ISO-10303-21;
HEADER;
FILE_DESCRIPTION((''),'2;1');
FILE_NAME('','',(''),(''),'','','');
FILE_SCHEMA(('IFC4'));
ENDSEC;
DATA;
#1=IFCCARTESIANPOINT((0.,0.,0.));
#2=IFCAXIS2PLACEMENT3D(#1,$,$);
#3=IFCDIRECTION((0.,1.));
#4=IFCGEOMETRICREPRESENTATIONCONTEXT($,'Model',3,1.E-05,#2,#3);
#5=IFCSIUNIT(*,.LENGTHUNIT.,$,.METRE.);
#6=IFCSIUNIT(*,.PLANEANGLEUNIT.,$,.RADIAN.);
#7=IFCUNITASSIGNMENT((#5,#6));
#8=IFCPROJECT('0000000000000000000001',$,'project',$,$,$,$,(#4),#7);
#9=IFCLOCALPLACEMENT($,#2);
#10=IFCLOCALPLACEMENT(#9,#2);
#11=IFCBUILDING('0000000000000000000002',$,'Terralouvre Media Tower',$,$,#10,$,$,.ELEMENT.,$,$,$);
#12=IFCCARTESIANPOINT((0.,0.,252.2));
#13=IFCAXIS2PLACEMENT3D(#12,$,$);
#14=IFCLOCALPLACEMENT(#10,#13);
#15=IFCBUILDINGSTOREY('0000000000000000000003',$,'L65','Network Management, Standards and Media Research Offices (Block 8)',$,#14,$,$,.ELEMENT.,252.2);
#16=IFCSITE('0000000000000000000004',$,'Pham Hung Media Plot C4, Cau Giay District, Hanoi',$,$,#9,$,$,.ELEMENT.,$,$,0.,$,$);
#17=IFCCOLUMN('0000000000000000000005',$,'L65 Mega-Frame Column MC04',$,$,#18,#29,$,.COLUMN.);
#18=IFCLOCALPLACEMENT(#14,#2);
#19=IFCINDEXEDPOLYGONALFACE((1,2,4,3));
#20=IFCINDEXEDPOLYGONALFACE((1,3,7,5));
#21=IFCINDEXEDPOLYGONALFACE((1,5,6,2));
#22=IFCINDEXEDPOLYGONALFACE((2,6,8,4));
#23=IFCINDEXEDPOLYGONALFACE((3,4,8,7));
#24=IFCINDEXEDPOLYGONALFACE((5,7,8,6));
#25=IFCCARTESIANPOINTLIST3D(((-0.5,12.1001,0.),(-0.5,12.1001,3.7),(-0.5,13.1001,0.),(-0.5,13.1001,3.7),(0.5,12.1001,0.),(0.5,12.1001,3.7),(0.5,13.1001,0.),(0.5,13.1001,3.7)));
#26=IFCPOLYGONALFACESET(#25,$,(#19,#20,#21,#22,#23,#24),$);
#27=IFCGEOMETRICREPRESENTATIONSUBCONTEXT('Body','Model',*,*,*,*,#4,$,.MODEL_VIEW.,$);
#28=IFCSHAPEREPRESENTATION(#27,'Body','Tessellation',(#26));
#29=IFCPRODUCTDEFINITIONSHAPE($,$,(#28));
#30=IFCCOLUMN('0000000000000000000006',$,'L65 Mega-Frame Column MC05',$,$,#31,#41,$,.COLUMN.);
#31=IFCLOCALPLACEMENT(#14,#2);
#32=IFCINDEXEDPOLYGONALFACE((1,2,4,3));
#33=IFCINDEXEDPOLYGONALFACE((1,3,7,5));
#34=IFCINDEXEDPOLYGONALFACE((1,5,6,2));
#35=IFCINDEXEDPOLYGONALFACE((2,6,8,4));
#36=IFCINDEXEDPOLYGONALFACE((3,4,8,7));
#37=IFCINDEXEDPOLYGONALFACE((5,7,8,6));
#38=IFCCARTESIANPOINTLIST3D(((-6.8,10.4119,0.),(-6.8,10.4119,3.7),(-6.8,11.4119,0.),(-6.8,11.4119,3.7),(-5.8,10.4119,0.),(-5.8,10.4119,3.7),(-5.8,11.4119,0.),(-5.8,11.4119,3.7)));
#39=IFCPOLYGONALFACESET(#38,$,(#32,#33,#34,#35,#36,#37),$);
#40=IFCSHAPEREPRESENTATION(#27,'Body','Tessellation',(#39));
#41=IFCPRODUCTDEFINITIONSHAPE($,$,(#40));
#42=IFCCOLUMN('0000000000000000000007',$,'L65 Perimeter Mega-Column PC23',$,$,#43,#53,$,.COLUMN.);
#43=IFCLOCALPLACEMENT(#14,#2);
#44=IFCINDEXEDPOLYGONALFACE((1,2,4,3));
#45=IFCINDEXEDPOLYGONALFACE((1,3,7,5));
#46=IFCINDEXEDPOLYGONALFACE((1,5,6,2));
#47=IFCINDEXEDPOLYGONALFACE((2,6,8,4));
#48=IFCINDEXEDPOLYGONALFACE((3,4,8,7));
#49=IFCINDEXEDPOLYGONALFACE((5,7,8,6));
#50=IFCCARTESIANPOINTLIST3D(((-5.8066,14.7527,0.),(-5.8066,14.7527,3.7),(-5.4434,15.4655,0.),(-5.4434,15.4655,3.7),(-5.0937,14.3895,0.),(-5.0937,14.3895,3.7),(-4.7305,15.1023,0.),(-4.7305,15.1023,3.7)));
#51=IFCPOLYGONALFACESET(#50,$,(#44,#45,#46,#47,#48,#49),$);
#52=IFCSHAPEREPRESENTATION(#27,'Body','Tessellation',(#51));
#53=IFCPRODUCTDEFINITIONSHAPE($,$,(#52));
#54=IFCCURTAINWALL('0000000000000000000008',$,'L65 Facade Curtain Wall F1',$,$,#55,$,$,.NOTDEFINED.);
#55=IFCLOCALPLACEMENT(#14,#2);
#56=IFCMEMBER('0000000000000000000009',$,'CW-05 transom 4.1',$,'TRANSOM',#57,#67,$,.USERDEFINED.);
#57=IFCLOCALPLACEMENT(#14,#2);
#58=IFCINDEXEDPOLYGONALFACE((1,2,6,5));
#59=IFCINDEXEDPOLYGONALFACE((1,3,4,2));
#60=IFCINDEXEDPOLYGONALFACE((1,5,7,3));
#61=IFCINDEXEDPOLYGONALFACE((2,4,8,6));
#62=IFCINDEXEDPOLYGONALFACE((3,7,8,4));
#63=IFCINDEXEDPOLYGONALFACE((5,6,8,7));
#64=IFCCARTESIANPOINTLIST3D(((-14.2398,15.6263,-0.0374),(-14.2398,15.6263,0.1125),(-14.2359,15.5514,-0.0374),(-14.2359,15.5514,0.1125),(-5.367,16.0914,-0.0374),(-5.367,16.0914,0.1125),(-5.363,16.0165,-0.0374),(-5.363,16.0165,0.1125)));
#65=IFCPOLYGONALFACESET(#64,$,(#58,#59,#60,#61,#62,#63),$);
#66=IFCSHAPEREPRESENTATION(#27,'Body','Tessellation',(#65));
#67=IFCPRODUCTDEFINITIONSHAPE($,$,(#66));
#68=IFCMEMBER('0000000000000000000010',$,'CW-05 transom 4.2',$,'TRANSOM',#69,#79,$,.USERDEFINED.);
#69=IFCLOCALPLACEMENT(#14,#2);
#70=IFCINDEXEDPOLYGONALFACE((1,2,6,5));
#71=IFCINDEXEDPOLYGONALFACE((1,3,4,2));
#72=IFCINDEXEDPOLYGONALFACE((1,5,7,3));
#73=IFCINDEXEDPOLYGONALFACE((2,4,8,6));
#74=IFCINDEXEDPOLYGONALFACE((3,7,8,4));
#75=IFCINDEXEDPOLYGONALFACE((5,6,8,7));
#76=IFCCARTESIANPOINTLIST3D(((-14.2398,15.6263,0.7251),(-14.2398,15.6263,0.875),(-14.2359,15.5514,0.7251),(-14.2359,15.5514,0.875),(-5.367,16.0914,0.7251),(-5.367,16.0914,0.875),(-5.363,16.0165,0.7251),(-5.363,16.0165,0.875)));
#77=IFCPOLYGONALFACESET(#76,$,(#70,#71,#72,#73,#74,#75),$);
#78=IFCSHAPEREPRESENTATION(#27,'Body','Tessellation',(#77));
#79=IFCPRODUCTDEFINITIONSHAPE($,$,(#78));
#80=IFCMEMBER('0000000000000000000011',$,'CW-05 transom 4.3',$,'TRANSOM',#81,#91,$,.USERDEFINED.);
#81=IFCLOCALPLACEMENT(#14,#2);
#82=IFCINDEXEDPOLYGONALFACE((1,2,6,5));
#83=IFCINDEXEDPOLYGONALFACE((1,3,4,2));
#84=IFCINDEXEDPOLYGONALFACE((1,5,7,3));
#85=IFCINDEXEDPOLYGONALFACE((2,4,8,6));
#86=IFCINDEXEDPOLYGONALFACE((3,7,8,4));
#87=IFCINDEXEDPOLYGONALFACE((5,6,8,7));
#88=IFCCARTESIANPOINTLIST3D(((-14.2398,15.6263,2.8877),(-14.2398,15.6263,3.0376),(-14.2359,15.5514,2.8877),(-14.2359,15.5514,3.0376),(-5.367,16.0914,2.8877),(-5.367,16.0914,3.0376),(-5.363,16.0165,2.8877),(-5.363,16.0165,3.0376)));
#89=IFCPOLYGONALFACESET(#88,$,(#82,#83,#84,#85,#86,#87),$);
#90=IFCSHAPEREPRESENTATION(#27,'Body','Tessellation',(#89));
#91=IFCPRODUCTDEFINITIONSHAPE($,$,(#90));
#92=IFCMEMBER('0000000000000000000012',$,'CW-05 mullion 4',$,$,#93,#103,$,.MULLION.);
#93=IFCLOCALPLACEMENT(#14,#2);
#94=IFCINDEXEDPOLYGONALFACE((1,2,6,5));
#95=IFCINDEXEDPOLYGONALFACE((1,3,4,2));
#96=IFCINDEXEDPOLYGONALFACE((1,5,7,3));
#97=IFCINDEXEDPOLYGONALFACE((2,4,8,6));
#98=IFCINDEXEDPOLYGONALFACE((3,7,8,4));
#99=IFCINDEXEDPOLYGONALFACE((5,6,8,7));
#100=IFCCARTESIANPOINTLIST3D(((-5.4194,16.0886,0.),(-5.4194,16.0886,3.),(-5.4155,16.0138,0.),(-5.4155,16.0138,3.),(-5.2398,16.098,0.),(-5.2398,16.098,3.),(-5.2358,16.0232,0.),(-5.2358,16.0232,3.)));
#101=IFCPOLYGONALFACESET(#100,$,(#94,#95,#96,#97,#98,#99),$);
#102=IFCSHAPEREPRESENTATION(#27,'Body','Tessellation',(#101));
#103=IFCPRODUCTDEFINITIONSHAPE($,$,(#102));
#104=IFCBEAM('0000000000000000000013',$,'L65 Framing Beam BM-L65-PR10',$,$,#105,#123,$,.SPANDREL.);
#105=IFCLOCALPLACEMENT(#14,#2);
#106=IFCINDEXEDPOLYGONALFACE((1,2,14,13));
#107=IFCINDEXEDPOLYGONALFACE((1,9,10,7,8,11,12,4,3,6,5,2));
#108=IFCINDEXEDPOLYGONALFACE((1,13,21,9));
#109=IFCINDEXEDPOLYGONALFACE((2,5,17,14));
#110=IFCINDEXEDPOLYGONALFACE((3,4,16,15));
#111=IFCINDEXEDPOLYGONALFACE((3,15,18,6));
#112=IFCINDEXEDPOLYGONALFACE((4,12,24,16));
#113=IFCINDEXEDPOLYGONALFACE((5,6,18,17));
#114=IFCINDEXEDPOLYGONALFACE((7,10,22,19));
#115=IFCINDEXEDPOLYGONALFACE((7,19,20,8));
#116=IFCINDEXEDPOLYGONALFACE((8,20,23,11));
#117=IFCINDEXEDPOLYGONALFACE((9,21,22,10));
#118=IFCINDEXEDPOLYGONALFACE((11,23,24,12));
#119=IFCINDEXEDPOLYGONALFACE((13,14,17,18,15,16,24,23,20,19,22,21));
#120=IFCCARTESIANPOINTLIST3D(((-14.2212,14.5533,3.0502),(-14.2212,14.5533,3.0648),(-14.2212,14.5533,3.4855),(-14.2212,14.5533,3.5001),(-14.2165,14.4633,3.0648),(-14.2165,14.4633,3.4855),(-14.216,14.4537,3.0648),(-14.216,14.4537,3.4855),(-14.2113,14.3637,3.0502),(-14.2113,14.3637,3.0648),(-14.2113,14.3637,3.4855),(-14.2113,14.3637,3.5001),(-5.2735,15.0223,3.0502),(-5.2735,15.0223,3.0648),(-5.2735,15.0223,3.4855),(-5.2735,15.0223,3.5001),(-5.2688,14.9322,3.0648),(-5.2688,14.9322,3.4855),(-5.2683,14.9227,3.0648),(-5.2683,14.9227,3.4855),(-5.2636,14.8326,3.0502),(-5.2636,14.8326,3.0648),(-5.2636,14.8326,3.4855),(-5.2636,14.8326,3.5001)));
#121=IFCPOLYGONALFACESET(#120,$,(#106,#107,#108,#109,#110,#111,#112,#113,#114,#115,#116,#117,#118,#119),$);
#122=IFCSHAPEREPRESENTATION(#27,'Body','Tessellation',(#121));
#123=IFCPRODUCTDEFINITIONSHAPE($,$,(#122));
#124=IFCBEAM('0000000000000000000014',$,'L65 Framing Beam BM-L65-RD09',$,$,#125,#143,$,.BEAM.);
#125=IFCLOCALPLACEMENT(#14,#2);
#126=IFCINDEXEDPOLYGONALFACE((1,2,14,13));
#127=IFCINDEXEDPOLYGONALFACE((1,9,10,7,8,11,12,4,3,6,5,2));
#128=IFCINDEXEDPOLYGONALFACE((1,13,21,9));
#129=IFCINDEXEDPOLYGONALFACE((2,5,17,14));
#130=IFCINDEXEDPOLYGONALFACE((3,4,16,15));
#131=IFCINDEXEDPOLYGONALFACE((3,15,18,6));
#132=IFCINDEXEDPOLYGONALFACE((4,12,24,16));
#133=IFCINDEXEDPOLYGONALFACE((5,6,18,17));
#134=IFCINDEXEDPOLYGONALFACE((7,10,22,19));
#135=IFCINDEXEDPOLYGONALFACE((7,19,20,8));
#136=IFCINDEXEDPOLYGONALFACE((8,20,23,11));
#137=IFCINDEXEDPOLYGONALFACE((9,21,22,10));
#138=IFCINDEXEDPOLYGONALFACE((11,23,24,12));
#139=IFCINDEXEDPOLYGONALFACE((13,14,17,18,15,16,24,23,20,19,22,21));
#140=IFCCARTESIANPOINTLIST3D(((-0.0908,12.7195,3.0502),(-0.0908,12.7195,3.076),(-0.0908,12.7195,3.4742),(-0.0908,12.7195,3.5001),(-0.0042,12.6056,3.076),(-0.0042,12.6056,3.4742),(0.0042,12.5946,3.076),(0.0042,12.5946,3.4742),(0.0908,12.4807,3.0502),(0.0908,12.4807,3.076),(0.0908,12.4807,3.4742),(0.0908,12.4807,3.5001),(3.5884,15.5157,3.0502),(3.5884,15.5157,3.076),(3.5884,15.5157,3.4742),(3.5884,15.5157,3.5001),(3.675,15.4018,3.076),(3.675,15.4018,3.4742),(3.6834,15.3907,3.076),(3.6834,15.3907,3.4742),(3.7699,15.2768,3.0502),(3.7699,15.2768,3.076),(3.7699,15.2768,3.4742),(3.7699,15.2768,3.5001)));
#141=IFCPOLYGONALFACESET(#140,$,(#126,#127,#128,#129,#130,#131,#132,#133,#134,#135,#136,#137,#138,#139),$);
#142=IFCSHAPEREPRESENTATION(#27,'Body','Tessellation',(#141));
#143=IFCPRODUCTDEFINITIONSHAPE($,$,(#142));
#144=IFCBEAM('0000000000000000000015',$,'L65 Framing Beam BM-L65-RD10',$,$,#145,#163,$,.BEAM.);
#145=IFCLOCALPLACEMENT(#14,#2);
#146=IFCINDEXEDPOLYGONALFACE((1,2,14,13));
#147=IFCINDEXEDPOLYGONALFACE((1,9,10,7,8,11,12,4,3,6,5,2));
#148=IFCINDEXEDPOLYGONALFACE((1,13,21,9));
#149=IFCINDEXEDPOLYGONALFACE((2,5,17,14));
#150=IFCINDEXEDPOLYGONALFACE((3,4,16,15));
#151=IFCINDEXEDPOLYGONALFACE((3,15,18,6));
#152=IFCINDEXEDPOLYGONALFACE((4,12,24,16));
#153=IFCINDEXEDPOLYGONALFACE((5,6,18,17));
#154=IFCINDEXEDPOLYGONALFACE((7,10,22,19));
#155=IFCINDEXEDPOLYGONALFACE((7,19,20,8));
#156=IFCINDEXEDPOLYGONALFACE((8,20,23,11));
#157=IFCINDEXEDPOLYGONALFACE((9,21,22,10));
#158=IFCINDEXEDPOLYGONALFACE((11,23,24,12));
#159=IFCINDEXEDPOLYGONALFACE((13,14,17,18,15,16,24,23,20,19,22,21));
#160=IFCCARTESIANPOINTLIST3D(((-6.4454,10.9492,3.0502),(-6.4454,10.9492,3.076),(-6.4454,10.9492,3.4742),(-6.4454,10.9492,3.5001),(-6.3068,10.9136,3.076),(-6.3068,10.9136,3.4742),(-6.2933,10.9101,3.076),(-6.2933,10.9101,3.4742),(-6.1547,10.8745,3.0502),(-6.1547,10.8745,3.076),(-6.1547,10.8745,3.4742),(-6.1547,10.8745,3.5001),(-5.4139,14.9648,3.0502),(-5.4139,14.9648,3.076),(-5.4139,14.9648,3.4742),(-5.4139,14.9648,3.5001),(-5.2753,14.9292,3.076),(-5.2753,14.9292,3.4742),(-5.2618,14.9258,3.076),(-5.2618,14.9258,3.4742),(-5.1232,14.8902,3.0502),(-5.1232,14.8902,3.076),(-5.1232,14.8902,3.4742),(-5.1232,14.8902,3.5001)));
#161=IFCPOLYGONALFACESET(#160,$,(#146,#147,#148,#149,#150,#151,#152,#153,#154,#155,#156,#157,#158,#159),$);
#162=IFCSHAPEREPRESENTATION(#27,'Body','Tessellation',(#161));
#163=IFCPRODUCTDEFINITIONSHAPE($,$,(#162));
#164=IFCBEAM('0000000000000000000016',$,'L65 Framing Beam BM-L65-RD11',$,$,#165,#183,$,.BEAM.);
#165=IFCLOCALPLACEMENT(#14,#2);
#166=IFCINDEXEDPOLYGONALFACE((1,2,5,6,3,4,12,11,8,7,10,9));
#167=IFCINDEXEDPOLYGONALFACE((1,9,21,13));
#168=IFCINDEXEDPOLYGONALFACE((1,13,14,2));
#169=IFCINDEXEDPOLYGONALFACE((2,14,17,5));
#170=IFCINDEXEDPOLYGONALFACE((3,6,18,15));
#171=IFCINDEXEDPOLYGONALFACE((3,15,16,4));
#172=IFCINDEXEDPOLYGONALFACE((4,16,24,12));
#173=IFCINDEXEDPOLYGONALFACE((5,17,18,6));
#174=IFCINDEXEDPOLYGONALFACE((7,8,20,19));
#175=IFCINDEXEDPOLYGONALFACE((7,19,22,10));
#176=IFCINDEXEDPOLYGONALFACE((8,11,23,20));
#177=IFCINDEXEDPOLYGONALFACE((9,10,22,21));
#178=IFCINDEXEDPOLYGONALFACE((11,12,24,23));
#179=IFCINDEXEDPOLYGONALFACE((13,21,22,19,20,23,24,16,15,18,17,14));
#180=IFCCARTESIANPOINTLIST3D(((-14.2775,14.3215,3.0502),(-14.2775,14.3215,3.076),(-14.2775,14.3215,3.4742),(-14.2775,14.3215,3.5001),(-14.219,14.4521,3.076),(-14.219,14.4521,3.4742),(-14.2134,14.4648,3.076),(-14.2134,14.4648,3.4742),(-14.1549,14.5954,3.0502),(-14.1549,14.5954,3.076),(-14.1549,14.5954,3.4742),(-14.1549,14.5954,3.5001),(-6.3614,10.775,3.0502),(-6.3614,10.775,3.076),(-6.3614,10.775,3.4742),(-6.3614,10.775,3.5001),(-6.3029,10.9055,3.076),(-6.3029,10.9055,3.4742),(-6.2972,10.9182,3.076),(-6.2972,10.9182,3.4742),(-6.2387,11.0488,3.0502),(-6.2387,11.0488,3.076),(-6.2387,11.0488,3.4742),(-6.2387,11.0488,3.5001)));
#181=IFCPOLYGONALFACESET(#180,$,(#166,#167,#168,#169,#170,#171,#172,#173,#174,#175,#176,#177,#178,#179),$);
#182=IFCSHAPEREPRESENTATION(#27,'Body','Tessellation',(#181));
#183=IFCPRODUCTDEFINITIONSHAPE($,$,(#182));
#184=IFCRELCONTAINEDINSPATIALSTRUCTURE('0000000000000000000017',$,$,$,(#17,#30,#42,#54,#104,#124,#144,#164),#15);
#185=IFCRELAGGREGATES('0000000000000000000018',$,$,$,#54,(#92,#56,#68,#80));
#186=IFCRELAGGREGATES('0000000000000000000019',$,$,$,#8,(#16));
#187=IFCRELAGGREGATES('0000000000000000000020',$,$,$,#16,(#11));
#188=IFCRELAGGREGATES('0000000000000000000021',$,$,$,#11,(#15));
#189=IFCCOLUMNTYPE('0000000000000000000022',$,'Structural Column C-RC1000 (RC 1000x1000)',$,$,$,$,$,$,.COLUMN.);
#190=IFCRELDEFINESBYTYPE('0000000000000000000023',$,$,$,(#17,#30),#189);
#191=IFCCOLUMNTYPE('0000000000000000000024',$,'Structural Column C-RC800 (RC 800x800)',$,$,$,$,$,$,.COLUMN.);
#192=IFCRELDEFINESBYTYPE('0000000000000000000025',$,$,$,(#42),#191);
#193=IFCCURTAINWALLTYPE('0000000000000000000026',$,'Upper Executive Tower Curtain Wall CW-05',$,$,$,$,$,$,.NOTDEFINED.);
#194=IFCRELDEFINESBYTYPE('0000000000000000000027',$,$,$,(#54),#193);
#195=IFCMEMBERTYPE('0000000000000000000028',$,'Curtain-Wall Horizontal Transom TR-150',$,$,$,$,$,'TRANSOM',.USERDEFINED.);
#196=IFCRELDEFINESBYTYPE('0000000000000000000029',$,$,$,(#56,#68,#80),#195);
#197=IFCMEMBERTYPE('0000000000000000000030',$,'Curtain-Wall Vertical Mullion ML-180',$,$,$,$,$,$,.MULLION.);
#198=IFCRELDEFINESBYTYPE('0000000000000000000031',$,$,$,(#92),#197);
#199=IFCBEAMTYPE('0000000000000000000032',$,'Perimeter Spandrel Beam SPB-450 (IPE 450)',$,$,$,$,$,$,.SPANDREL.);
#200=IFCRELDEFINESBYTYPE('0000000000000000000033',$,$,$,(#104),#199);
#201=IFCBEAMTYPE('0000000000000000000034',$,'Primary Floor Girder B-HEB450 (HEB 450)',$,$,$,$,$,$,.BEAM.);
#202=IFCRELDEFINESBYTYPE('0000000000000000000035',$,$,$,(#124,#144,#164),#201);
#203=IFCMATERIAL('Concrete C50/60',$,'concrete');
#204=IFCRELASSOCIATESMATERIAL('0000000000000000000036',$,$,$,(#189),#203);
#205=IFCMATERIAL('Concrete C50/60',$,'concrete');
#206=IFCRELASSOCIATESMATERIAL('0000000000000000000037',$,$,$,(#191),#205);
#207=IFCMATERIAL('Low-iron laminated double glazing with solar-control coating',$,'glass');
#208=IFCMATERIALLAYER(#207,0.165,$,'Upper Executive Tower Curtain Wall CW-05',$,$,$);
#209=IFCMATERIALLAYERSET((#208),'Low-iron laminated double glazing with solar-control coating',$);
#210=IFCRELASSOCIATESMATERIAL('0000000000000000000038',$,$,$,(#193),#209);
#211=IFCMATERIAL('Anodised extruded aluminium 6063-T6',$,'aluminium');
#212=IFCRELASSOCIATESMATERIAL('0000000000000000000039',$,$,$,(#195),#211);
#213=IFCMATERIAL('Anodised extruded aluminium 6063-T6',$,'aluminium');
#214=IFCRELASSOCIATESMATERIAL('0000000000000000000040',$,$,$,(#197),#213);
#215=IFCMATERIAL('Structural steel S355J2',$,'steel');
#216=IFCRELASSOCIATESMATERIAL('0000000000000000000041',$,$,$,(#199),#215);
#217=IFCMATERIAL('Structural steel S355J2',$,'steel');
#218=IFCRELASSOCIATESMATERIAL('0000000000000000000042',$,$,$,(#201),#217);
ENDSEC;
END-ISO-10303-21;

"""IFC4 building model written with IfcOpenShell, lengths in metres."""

from ifc_helpers import new_model, si_unit, direction, frame, origin, origin_2d, place, context, subcontext, project, spatial, rectangle, i_section, extrude, material, layer, layer_set, material_profile, profile_set, type_object, element, aggregate, save


model = new_model("IFC4")

# Units and contexts
model_context = context("Model", 3, precision=1e-05, world=origin(), true_north=direction((0.0, 1.0)))
body_context = subcontext(model_context, "Body", "Model", "MODEL_VIEW")
ifc_project = project(units=[si_unit("LENGTHUNIT", "METRE"), si_unit("PLANEANGLEUNIT", "RADIAN")], contexts=[model_context])

# Site, building, storey
site_placement = place(None, origin())
site = spatial("IfcSite", under=ifc_project, at=site_placement, Name="Pham Hung Media Plot C4, Cau Giay District, Hanoi", CompositionType="ELEMENT", RefElevation=0.0)
building_placement = place(site_placement, origin())
building = spatial("IfcBuilding", under=site, at=building_placement, Name="Terralouvre Media Tower", CompositionType="ELEMENT")
storey_placement = place(building_placement, frame((0.0, 0.0, 252.2)))
storey = spatial("IfcBuildingStorey", under=building, at=storey_placement, Name="L65", Description="Network Management, Standards and Media Research Offices (Block 8)", CompositionType="ELEMENT", Elevation=252.2)

# Columns
ifc_material_1 = material(Name="Concrete C50/60", Category="concrete")
ifc_material_profile_1 = material_profile(ifc_material_1, rectangle(XDim=1.0, YDim=1.0, at=origin_2d()), Name="RC 1000x1000")
ifc_profile_set_1 = profile_set([ifc_material_profile_1], Name="Concrete C50/60")
column_type_1 = type_object("IfcColumnType", Name="Structural Column C-RC1000 (RC 1000x1000)", PredefinedType="COLUMN", material=ifc_profile_set_1)
for number, where, z_axis, x_axis, name in (
    (1, (0.0, 12.6001, 0.0), (0.0, 0.0, 1.0), (1.0, 0.0, 0.0), "L65 Mega-Frame Column MC04"),
    (2, (-6.3, 10.9119, 0.0), (0.0, 0.0, 1.0), (1.0, 0.0, 0.0), "L65 Mega-Frame Column MC05"),
):
    element("IfcColumn", number, at=place(storey_placement, frame(where, z_axis=z_axis, x_axis=x_axis)), inside=storey, type_object=column_type_1, Name=name, PredefinedType="COLUMN", context=body_context, shape_type="SweptSolid", body=[
        extrude(rectangle(XDim=1.0, YDim=1.0, at=origin_2d()), origin(), (0.0, 0.0, 1.0), 3.7),
    ])
ifc_material_2 = material(Name="Concrete C50/60", Category="concrete")
ifc_material_profile_2 = material_profile(ifc_material_2, rectangle(XDim=0.8, YDim=0.8, at=origin_2d()), Name="RC 800x800")
ifc_profile_set_2 = profile_set([ifc_material_profile_2], Name="Concrete C50/60")
column_type_2 = type_object("IfcColumnType", Name="Structural Column C-RC800 (RC 800x800)", PredefinedType="COLUMN", material=ifc_profile_set_2)
column_placement = place(storey_placement, frame((-5.2686, 14.9275, 0.0), z_axis=(0.0, 0.0, 1.0), x_axis=(0.45399, 0.891007, 0.0)))
element("IfcColumn", 3, at=column_placement, inside=storey, type_object=column_type_2, Name="L65 Perimeter Mega-Column PC23", PredefinedType="COLUMN", context=body_context, shape_type="SweptSolid", body=[
    extrude(rectangle(XDim=0.8, YDim=0.8, at=origin_2d()), origin(), (0.0, 0.0, 1.0), 3.7),
])

# Curtain wall, members
ifc_material_3 = material(Name="Low-iron laminated double glazing with solar-control coating", Category="glass")
ifc_layer_1 = layer(ifc_material_3, 0.165, Name="Upper Executive Tower Curtain Wall CW-05")
ifc_layer_set_1 = layer_set([ifc_layer_1], Name="Low-iron laminated double glazing with solar-control coating")
curtain_wall_type = type_object("IfcCurtainWallType", Name="Upper Executive Tower Curtain Wall CW-05", PredefinedType="NOTDEFINED", material=ifc_layer_set_1)
curtain_wall_placement = place(storey_placement, origin())
curtain_wall = element("IfcCurtainWall", 4, at=curtain_wall_placement, inside=storey, type_object=curtain_wall_type, Name="L65 Facade Curtain Wall F1", PredefinedType="NOTDEFINED")
ifc_material_4 = material(Name="Anodised extruded aluminium 6063-T6", Category="aluminium")
ifc_material_profile_3 = material_profile(ifc_material_4, rectangle(XDim=0.075, YDim=0.1499, at=origin_2d()), Name="ALU 75x150")
ifc_profile_set_3 = profile_set([ifc_material_profile_3], Name="Anodised extruded aluminium 6063-T6")
member_type_1 = type_object("IfcMemberType", Name="Curtain-Wall Horizontal Transom TR-150", ElementType="TRANSOM", PredefinedType="USERDEFINED", material=ifc_profile_set_3)
member_1_placement = place(storey_placement, frame((-5.365, 16.054, 0.0376), z_axis=(-0.998629, -0.052345, 0.0), x_axis=(0.052345, -0.998629, 0.0)))
member_1 = element("IfcMember", 5, at=member_1_placement, type_object=member_type_1, Name="CW-05 transom 4.1", ObjectType="TRANSOM", PredefinedType="USERDEFINED", context=body_context, shape_type="SweptSolid", body=[
    extrude(rectangle(XDim=0.075, YDim=0.1499, at=origin_2d()), origin(), (0.0, 0.0, 1.0), 8.885),
])
member_2_placement = place(storey_placement, frame((-5.365, 16.054, 0.8), z_axis=(-0.998629, -0.052345, 0.0), x_axis=(0.052345, -0.998629, 0.0)))
member_2 = element("IfcMember", 6, at=member_2_placement, type_object=member_type_1, Name="CW-05 transom 4.2", ObjectType="TRANSOM", PredefinedType="USERDEFINED", context=body_context, shape_type="SweptSolid", body=[
    extrude(rectangle(XDim=0.075, YDim=0.1499, at=origin_2d()), origin(), (0.0, 0.0, 1.0), 8.885),
])
member_3_placement = place(storey_placement, frame((-5.365, 16.054, 2.9626), z_axis=(-0.998629, -0.052345, 0.0), x_axis=(0.052345, -0.998629, 0.0)))
member_3 = element("IfcMember", 7, at=member_3_placement, type_object=member_type_1, Name="CW-05 transom 4.3", ObjectType="TRANSOM", PredefinedType="USERDEFINED", context=body_context, shape_type="SweptSolid", body=[
    extrude(rectangle(XDim=0.075, YDim=0.1499, at=origin_2d()), origin(), (0.0, 0.0, 1.0), 8.885),
])
ifc_material_5 = material(Name="Anodised extruded aluminium 6063-T6", Category="aluminium")
ifc_material_profile_4 = material_profile(ifc_material_5, rectangle(XDim=0.075, YDim=0.1799, at=origin_2d()), Name="ALU 75x180")
ifc_profile_set_4 = profile_set([ifc_material_profile_4], Name="Anodised extruded aluminium 6063-T6")
member_type_2 = type_object("IfcMemberType", Name="Curtain-Wall Vertical Mullion ML-180", PredefinedType="MULLION", material=ifc_profile_set_4)
member_4_placement = place(storey_placement, frame((-5.3276, 16.0559, 0.0), z_axis=(0.0, 0.0, 1.0), x_axis=(0.052336, -0.99863, 0.0)))
member_4 = element("IfcMember", 8, at=member_4_placement, type_object=member_type_2, Name="CW-05 mullion 4", PredefinedType="MULLION", context=body_context, shape_type="SweptSolid", body=[
    extrude(rectangle(XDim=0.075, YDim=0.1799, at=origin_2d()), origin(), (0.0, 0.0, 1.0), 3.0),
])

# Beams
ifc_material_6 = material(Name="Structural steel S355J2", Category="steel")
ifc_material_profile_5 = material_profile(ifc_material_6, i_section(OverallWidth=0.1899, OverallDepth=0.45, WebThickness=0.0095, FlangeThickness=0.0146, at=origin_2d()), Name="IPE 450")
ifc_profile_set_5 = profile_set([ifc_material_profile_5], Name="Structural steel S355J2")
beam_type_1 = type_object("IfcBeamType", Name="Perimeter Spandrel Beam SPB-450 (IPE 450)", PredefinedType="SPANDREL", material=ifc_profile_set_5)
beam_1_placement = place(storey_placement, frame((-5.2686, 14.9275, 3.2751), z_axis=(-0.998629, -0.052343, 0.0), x_axis=(0.052343, -0.998629, 0.0)))
element("IfcBeam", 9, at=beam_1_placement, inside=storey, type_object=beam_type_1, Name="L65 Framing Beam BM-L65-PR10", PredefinedType="SPANDREL", context=body_context, shape_type="SweptSolid", body=[
    extrude(i_section(OverallWidth=0.1899, OverallDepth=0.45, WebThickness=0.0095, FlangeThickness=0.0146, at=origin_2d()), origin(), (0.0, 0.0, 1.0), 8.96),
])
ifc_material_7 = material(Name="Structural steel S355J2", Category="steel")
ifc_material_profile_6 = material_profile(ifc_material_7, i_section(OverallWidth=0.3, OverallDepth=0.45, WebThickness=0.0139, FlangeThickness=0.0259, at=origin_2d()), Name="HEB 450")
ifc_profile_set_6 = profile_set([ifc_material_profile_6], Name="Structural steel S355J2")
beam_type_2 = type_object("IfcBeamType", Name="Primary Floor Girder B-HEB450 (HEB 450)", PredefinedType="BEAM", material=ifc_profile_set_6)
beam_2_placement = place(storey_placement, frame((0.0, 12.6001, 3.2751), z_axis=(0.796167, 0.605077, 0.0), x_axis=(-0.605077, 0.796167, 0.0)))
element("IfcBeam", 10, at=beam_2_placement, inside=storey, type_object=beam_type_2, Name="L65 Framing Beam BM-L65-RD09", PredefinedType="BEAM", context=body_context, shape_type="SweptSolid", body=[
    extrude(i_section(OverallWidth=0.3, OverallDepth=0.45, WebThickness=0.0139, FlangeThickness=0.0259, at=origin_2d()), origin(), (0.0, 0.0, 1.0), 4.6211),
])
beam_3_placement = place(storey_placement, frame((-6.3, 10.9119, 3.2751), z_axis=(0.248793, 0.968557, 0.0), x_axis=(-0.968557, 0.248793, 0.0)))
element("IfcBeam", 11, at=beam_3_placement, inside=storey, type_object=beam_type_2, Name="L65 Framing Beam BM-L65-RD10", PredefinedType="BEAM", context=body_context, shape_type="SweptSolid", body=[
    extrude(i_section(OverallWidth=0.3, OverallDepth=0.45, WebThickness=0.0139, FlangeThickness=0.0259, at=origin_2d()), origin(), (0.0, 0.0, 1.0), 4.146),
])
beam_4_placement = place(storey_placement, frame((-6.3, 10.9119, 3.2751), z_axis=(-0.912597, 0.40886, 0.0), x_axis=(-0.40886, -0.912597, 0.0)))
element("IfcBeam", 12, at=beam_4_placement, inside=storey, type_object=beam_type_2, Name="L65 Framing Beam BM-L65-RD11", PredefinedType="BEAM", context=body_context, shape_type="SweptSolid", body=[
    extrude(i_section(OverallWidth=0.3, OverallDepth=0.45, WebThickness=0.0139, FlangeThickness=0.0259, at=origin_2d()), origin(), (0.0, 0.0, 1.0), 8.6743),
])

aggregate(curtain_wall, [member_4, member_1, member_2, member_3])

save(model, "model.ifc")
